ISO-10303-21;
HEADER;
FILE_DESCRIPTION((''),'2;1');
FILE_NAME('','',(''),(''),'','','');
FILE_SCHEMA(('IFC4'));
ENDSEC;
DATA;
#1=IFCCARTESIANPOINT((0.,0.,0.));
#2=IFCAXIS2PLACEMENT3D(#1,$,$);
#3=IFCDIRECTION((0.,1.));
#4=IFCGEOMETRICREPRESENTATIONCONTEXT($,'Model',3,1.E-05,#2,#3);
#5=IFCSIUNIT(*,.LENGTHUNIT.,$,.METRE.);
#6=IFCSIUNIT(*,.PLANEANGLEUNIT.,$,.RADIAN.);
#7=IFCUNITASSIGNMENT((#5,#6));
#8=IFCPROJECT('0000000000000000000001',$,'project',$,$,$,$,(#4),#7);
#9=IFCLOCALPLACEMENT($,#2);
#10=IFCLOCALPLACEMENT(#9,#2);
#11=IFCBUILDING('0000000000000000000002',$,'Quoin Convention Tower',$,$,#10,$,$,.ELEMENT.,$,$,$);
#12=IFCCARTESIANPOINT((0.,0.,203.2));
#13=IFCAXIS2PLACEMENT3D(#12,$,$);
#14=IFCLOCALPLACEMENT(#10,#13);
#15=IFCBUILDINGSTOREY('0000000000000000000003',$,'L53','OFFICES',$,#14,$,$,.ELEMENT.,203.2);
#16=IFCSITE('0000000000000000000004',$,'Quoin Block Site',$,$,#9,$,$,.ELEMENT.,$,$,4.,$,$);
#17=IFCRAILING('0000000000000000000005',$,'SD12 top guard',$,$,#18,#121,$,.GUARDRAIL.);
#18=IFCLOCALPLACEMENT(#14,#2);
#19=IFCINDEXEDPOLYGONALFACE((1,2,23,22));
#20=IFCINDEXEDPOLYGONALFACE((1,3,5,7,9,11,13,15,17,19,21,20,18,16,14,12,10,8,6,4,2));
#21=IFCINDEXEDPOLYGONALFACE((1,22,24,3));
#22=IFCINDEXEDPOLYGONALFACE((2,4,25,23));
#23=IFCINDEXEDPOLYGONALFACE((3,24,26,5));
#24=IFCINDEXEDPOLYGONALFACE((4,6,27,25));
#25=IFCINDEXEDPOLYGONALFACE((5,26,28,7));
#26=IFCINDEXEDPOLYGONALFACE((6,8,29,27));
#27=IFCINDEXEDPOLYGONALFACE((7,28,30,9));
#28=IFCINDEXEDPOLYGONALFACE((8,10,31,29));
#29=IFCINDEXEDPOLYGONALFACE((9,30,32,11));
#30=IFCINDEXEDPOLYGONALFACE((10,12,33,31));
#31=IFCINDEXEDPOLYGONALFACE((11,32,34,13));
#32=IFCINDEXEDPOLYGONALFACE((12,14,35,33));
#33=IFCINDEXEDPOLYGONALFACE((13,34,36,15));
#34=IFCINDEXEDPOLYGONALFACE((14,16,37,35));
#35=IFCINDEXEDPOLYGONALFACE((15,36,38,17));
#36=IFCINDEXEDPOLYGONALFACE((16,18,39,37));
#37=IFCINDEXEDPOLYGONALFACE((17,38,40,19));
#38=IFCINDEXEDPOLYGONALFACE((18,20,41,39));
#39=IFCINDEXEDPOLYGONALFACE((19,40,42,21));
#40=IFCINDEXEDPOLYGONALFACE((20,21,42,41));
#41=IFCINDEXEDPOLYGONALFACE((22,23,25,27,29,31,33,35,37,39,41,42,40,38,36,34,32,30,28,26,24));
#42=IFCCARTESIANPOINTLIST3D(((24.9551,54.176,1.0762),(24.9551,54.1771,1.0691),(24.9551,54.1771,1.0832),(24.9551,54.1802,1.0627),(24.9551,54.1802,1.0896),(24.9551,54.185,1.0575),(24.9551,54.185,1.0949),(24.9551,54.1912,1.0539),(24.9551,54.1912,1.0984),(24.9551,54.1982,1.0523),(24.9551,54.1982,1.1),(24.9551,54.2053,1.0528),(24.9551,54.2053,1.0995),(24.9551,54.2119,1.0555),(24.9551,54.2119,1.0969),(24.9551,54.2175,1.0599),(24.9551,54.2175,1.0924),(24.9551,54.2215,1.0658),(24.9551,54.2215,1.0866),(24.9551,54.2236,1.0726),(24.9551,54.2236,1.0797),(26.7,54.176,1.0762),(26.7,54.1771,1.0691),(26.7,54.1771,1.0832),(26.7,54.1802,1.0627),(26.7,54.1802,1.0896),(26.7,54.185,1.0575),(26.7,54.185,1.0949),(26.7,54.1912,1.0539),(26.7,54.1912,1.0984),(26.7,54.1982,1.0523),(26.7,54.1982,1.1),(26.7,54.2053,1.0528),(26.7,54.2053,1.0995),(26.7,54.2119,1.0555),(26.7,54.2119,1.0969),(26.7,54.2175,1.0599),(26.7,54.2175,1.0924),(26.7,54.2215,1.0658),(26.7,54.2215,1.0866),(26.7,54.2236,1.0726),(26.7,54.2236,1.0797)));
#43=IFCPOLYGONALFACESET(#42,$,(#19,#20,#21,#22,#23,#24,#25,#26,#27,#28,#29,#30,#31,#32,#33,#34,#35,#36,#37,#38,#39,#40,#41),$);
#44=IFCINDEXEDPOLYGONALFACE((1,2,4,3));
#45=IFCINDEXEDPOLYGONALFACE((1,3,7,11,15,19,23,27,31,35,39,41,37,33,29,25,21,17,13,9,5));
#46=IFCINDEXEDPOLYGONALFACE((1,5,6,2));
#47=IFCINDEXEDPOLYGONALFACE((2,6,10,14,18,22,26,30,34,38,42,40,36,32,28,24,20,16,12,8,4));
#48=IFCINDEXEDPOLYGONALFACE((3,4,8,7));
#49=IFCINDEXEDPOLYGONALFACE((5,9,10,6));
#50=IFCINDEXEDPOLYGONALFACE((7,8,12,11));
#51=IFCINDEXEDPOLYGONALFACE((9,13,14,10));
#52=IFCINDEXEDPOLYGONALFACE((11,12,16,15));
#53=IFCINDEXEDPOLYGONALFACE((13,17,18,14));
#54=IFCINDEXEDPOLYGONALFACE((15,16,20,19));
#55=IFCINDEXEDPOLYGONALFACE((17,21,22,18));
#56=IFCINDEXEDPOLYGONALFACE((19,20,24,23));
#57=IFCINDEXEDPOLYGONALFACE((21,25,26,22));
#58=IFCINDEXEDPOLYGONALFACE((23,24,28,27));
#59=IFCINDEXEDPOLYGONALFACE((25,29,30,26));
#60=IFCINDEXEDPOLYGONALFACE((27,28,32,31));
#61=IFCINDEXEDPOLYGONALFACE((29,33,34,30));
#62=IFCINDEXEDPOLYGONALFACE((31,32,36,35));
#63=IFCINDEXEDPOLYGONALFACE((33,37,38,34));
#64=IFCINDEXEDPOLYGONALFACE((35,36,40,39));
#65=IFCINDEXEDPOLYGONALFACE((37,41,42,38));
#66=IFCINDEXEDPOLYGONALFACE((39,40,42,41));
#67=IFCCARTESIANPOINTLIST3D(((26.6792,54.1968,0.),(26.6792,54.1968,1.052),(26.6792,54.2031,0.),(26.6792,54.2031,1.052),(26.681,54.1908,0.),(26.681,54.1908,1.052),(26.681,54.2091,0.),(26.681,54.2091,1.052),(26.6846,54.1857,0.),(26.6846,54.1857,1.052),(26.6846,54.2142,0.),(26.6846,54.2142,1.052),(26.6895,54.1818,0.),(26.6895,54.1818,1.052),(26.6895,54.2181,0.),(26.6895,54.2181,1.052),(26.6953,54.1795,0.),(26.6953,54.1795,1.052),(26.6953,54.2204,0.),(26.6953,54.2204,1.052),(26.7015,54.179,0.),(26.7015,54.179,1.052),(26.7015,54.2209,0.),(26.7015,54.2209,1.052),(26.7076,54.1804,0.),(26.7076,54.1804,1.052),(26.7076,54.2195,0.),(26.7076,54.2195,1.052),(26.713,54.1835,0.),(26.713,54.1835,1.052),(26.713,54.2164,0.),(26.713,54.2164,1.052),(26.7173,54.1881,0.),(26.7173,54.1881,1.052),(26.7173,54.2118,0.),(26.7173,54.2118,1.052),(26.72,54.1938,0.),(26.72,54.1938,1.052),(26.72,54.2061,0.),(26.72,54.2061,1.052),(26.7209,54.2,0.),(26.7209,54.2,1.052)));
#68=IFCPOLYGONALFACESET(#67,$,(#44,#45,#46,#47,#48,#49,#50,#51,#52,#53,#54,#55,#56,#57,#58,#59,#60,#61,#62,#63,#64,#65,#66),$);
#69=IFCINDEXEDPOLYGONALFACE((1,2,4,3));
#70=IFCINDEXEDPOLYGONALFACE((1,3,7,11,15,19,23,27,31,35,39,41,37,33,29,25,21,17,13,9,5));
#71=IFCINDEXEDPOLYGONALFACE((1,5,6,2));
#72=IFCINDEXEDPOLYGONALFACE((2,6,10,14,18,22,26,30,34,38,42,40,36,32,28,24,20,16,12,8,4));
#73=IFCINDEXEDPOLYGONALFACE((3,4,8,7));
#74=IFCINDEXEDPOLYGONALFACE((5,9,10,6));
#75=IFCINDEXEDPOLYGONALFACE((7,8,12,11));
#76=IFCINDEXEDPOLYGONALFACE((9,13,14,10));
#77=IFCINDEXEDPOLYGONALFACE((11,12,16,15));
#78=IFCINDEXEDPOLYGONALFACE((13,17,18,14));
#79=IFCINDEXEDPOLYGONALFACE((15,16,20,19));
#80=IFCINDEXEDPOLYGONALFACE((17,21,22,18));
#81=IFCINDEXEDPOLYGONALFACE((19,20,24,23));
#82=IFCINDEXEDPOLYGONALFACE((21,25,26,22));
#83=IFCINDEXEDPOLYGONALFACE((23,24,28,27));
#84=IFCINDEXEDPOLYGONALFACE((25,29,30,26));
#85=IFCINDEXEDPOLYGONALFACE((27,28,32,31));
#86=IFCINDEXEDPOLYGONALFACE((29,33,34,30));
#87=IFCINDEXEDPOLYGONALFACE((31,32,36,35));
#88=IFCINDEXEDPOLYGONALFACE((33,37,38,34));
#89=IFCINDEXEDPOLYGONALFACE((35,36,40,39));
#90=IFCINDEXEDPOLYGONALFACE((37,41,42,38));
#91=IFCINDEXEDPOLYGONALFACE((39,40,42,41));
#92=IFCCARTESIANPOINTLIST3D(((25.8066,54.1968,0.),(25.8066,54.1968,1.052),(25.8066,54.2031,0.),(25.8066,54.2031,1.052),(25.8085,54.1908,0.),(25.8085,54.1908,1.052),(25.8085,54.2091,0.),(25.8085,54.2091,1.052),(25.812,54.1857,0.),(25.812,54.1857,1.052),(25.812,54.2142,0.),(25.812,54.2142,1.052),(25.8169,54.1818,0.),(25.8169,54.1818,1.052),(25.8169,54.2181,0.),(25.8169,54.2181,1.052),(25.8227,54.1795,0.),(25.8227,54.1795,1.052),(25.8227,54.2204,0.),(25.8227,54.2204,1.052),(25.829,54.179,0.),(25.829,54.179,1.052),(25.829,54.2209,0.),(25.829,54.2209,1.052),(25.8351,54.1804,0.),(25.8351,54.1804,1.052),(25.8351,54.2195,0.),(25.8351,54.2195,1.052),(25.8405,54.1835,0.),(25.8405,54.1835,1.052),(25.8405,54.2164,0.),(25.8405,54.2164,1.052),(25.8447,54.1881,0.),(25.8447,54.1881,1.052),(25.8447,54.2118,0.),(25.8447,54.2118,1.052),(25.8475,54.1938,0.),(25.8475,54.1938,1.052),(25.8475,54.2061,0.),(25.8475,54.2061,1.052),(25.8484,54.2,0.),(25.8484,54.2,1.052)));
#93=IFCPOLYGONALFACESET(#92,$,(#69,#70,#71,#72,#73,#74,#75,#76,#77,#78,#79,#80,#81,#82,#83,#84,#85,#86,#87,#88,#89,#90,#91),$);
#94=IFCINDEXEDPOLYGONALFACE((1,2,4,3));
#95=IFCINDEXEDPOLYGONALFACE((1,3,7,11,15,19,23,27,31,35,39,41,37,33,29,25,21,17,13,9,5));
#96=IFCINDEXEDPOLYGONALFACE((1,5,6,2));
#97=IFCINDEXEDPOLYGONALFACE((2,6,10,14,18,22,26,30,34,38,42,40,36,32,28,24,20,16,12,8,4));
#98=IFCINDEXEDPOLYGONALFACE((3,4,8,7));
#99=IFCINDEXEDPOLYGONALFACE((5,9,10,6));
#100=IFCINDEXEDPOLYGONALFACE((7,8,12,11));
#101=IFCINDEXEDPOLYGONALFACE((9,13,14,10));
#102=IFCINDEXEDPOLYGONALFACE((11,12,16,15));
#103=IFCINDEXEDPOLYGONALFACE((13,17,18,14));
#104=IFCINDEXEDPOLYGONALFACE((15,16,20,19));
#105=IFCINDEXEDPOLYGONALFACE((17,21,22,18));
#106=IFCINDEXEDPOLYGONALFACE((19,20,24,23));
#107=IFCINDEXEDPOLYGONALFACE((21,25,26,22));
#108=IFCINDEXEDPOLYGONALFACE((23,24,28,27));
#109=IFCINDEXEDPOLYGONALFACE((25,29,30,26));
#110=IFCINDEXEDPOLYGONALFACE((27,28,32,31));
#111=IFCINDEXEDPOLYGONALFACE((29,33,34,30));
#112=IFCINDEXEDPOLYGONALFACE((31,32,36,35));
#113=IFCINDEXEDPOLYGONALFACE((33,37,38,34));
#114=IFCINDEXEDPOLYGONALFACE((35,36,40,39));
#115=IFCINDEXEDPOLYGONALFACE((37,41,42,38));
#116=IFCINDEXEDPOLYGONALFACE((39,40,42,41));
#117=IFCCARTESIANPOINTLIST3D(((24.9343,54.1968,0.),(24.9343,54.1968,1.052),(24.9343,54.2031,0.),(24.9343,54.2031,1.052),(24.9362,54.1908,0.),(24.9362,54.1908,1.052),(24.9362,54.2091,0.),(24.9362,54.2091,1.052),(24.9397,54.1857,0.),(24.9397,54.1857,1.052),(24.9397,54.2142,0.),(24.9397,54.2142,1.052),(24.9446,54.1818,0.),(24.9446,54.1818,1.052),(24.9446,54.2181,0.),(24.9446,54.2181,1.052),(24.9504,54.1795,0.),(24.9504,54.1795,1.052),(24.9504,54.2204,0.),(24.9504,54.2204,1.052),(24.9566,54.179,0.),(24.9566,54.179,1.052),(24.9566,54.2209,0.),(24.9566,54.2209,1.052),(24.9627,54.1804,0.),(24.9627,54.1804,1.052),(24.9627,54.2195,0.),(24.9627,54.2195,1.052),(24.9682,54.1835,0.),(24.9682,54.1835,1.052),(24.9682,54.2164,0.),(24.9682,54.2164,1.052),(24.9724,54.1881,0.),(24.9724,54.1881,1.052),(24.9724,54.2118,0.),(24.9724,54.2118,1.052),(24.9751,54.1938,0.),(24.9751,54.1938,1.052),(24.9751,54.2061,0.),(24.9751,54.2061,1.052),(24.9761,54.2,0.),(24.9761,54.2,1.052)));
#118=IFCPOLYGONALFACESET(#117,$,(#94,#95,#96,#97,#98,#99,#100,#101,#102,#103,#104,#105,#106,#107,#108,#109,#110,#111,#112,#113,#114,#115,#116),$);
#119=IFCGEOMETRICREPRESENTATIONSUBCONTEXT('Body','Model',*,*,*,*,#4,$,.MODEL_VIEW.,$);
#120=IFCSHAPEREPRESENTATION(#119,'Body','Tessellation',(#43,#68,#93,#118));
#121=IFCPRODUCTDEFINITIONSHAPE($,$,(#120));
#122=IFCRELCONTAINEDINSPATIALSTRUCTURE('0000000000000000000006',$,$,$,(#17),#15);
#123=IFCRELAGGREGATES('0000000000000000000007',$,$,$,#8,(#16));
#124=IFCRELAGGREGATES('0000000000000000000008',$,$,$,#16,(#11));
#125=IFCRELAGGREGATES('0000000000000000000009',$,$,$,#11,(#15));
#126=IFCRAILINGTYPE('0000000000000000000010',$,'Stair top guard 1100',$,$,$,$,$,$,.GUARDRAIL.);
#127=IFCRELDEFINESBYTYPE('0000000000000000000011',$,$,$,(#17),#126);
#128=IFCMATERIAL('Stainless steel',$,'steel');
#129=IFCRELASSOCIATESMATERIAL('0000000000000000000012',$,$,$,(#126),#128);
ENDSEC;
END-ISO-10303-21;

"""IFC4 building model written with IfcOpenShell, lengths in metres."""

from ifc_helpers import new_model, si_unit, direction, frame, origin, origin_2d, place, context, subcontext, project, spatial, circle, extrude, material, type_object, element, save


model = new_model("IFC4")

# Units and contexts
model_context = context("Model", 3, precision=1e-05, world=origin(), true_north=direction((0.0, 1.0)))
body_context = subcontext(model_context, "Body", "Model", "MODEL_VIEW")
ifc_project = project(units=[si_unit("LENGTHUNIT", "METRE"), si_unit("PLANEANGLEUNIT", "RADIAN")], contexts=[model_context])

# Site, building, storey
site_placement = place(None, origin())
site = spatial("IfcSite", under=ifc_project, at=site_placement, Name="Quoin Block Site", CompositionType="ELEMENT", RefElevation=4.0)
building_placement = place(site_placement, origin())
building = spatial("IfcBuilding", under=site, at=building_placement, Name="Quoin Convention Tower", CompositionType="ELEMENT")
storey_placement = place(building_placement, frame((0.0, 0.0, 203.2)))
storey = spatial("IfcBuildingStorey", under=building, at=storey_placement, Name="L53", Description="OFFICES", CompositionType="ELEMENT", Elevation=203.2)

# Railing
ifc_material_1 = material(Name="Stainless steel", Category="steel")
railing_type_1 = type_object("IfcRailingType", Name="Stair top guard 1100", PredefinedType="GUARDRAIL", material=ifc_material_1)
railing_1_placement = place(storey_placement, frame((26.7, 54.2, 0.0)))
element("IfcRailing", 1, at=railing_1_placement, inside=storey, type_object=railing_type_1, Name="SD12 top guard", PredefinedType="GUARDRAIL", context=body_context, shape_type="SweptSolid", body=[
    extrude(circle(Radius=0.0239, at=origin_2d()), frame((0.0, 0.0, 1.0762), z_axis=(-1.0, 0.0, 0.0), x_axis=(0.0, -1.0, 0.0)), (0.0, 0.0, 1.0), 1.7449),
    extrude(circle(Radius=0.021, at=origin_2d()), origin(), (0.0, 0.0, 1.0), 1.052),
    extrude(circle(Radius=0.021, at=origin_2d()), frame((-0.8726, 0.0, 0.0)), (0.0, 0.0, 1.0), 1.052),
    extrude(circle(Radius=0.021, at=origin_2d()), frame((-1.7449, 0.0, 0.0)), (0.0, 0.0, 1.0), 1.052),
])

save(model, "model.ifc")
